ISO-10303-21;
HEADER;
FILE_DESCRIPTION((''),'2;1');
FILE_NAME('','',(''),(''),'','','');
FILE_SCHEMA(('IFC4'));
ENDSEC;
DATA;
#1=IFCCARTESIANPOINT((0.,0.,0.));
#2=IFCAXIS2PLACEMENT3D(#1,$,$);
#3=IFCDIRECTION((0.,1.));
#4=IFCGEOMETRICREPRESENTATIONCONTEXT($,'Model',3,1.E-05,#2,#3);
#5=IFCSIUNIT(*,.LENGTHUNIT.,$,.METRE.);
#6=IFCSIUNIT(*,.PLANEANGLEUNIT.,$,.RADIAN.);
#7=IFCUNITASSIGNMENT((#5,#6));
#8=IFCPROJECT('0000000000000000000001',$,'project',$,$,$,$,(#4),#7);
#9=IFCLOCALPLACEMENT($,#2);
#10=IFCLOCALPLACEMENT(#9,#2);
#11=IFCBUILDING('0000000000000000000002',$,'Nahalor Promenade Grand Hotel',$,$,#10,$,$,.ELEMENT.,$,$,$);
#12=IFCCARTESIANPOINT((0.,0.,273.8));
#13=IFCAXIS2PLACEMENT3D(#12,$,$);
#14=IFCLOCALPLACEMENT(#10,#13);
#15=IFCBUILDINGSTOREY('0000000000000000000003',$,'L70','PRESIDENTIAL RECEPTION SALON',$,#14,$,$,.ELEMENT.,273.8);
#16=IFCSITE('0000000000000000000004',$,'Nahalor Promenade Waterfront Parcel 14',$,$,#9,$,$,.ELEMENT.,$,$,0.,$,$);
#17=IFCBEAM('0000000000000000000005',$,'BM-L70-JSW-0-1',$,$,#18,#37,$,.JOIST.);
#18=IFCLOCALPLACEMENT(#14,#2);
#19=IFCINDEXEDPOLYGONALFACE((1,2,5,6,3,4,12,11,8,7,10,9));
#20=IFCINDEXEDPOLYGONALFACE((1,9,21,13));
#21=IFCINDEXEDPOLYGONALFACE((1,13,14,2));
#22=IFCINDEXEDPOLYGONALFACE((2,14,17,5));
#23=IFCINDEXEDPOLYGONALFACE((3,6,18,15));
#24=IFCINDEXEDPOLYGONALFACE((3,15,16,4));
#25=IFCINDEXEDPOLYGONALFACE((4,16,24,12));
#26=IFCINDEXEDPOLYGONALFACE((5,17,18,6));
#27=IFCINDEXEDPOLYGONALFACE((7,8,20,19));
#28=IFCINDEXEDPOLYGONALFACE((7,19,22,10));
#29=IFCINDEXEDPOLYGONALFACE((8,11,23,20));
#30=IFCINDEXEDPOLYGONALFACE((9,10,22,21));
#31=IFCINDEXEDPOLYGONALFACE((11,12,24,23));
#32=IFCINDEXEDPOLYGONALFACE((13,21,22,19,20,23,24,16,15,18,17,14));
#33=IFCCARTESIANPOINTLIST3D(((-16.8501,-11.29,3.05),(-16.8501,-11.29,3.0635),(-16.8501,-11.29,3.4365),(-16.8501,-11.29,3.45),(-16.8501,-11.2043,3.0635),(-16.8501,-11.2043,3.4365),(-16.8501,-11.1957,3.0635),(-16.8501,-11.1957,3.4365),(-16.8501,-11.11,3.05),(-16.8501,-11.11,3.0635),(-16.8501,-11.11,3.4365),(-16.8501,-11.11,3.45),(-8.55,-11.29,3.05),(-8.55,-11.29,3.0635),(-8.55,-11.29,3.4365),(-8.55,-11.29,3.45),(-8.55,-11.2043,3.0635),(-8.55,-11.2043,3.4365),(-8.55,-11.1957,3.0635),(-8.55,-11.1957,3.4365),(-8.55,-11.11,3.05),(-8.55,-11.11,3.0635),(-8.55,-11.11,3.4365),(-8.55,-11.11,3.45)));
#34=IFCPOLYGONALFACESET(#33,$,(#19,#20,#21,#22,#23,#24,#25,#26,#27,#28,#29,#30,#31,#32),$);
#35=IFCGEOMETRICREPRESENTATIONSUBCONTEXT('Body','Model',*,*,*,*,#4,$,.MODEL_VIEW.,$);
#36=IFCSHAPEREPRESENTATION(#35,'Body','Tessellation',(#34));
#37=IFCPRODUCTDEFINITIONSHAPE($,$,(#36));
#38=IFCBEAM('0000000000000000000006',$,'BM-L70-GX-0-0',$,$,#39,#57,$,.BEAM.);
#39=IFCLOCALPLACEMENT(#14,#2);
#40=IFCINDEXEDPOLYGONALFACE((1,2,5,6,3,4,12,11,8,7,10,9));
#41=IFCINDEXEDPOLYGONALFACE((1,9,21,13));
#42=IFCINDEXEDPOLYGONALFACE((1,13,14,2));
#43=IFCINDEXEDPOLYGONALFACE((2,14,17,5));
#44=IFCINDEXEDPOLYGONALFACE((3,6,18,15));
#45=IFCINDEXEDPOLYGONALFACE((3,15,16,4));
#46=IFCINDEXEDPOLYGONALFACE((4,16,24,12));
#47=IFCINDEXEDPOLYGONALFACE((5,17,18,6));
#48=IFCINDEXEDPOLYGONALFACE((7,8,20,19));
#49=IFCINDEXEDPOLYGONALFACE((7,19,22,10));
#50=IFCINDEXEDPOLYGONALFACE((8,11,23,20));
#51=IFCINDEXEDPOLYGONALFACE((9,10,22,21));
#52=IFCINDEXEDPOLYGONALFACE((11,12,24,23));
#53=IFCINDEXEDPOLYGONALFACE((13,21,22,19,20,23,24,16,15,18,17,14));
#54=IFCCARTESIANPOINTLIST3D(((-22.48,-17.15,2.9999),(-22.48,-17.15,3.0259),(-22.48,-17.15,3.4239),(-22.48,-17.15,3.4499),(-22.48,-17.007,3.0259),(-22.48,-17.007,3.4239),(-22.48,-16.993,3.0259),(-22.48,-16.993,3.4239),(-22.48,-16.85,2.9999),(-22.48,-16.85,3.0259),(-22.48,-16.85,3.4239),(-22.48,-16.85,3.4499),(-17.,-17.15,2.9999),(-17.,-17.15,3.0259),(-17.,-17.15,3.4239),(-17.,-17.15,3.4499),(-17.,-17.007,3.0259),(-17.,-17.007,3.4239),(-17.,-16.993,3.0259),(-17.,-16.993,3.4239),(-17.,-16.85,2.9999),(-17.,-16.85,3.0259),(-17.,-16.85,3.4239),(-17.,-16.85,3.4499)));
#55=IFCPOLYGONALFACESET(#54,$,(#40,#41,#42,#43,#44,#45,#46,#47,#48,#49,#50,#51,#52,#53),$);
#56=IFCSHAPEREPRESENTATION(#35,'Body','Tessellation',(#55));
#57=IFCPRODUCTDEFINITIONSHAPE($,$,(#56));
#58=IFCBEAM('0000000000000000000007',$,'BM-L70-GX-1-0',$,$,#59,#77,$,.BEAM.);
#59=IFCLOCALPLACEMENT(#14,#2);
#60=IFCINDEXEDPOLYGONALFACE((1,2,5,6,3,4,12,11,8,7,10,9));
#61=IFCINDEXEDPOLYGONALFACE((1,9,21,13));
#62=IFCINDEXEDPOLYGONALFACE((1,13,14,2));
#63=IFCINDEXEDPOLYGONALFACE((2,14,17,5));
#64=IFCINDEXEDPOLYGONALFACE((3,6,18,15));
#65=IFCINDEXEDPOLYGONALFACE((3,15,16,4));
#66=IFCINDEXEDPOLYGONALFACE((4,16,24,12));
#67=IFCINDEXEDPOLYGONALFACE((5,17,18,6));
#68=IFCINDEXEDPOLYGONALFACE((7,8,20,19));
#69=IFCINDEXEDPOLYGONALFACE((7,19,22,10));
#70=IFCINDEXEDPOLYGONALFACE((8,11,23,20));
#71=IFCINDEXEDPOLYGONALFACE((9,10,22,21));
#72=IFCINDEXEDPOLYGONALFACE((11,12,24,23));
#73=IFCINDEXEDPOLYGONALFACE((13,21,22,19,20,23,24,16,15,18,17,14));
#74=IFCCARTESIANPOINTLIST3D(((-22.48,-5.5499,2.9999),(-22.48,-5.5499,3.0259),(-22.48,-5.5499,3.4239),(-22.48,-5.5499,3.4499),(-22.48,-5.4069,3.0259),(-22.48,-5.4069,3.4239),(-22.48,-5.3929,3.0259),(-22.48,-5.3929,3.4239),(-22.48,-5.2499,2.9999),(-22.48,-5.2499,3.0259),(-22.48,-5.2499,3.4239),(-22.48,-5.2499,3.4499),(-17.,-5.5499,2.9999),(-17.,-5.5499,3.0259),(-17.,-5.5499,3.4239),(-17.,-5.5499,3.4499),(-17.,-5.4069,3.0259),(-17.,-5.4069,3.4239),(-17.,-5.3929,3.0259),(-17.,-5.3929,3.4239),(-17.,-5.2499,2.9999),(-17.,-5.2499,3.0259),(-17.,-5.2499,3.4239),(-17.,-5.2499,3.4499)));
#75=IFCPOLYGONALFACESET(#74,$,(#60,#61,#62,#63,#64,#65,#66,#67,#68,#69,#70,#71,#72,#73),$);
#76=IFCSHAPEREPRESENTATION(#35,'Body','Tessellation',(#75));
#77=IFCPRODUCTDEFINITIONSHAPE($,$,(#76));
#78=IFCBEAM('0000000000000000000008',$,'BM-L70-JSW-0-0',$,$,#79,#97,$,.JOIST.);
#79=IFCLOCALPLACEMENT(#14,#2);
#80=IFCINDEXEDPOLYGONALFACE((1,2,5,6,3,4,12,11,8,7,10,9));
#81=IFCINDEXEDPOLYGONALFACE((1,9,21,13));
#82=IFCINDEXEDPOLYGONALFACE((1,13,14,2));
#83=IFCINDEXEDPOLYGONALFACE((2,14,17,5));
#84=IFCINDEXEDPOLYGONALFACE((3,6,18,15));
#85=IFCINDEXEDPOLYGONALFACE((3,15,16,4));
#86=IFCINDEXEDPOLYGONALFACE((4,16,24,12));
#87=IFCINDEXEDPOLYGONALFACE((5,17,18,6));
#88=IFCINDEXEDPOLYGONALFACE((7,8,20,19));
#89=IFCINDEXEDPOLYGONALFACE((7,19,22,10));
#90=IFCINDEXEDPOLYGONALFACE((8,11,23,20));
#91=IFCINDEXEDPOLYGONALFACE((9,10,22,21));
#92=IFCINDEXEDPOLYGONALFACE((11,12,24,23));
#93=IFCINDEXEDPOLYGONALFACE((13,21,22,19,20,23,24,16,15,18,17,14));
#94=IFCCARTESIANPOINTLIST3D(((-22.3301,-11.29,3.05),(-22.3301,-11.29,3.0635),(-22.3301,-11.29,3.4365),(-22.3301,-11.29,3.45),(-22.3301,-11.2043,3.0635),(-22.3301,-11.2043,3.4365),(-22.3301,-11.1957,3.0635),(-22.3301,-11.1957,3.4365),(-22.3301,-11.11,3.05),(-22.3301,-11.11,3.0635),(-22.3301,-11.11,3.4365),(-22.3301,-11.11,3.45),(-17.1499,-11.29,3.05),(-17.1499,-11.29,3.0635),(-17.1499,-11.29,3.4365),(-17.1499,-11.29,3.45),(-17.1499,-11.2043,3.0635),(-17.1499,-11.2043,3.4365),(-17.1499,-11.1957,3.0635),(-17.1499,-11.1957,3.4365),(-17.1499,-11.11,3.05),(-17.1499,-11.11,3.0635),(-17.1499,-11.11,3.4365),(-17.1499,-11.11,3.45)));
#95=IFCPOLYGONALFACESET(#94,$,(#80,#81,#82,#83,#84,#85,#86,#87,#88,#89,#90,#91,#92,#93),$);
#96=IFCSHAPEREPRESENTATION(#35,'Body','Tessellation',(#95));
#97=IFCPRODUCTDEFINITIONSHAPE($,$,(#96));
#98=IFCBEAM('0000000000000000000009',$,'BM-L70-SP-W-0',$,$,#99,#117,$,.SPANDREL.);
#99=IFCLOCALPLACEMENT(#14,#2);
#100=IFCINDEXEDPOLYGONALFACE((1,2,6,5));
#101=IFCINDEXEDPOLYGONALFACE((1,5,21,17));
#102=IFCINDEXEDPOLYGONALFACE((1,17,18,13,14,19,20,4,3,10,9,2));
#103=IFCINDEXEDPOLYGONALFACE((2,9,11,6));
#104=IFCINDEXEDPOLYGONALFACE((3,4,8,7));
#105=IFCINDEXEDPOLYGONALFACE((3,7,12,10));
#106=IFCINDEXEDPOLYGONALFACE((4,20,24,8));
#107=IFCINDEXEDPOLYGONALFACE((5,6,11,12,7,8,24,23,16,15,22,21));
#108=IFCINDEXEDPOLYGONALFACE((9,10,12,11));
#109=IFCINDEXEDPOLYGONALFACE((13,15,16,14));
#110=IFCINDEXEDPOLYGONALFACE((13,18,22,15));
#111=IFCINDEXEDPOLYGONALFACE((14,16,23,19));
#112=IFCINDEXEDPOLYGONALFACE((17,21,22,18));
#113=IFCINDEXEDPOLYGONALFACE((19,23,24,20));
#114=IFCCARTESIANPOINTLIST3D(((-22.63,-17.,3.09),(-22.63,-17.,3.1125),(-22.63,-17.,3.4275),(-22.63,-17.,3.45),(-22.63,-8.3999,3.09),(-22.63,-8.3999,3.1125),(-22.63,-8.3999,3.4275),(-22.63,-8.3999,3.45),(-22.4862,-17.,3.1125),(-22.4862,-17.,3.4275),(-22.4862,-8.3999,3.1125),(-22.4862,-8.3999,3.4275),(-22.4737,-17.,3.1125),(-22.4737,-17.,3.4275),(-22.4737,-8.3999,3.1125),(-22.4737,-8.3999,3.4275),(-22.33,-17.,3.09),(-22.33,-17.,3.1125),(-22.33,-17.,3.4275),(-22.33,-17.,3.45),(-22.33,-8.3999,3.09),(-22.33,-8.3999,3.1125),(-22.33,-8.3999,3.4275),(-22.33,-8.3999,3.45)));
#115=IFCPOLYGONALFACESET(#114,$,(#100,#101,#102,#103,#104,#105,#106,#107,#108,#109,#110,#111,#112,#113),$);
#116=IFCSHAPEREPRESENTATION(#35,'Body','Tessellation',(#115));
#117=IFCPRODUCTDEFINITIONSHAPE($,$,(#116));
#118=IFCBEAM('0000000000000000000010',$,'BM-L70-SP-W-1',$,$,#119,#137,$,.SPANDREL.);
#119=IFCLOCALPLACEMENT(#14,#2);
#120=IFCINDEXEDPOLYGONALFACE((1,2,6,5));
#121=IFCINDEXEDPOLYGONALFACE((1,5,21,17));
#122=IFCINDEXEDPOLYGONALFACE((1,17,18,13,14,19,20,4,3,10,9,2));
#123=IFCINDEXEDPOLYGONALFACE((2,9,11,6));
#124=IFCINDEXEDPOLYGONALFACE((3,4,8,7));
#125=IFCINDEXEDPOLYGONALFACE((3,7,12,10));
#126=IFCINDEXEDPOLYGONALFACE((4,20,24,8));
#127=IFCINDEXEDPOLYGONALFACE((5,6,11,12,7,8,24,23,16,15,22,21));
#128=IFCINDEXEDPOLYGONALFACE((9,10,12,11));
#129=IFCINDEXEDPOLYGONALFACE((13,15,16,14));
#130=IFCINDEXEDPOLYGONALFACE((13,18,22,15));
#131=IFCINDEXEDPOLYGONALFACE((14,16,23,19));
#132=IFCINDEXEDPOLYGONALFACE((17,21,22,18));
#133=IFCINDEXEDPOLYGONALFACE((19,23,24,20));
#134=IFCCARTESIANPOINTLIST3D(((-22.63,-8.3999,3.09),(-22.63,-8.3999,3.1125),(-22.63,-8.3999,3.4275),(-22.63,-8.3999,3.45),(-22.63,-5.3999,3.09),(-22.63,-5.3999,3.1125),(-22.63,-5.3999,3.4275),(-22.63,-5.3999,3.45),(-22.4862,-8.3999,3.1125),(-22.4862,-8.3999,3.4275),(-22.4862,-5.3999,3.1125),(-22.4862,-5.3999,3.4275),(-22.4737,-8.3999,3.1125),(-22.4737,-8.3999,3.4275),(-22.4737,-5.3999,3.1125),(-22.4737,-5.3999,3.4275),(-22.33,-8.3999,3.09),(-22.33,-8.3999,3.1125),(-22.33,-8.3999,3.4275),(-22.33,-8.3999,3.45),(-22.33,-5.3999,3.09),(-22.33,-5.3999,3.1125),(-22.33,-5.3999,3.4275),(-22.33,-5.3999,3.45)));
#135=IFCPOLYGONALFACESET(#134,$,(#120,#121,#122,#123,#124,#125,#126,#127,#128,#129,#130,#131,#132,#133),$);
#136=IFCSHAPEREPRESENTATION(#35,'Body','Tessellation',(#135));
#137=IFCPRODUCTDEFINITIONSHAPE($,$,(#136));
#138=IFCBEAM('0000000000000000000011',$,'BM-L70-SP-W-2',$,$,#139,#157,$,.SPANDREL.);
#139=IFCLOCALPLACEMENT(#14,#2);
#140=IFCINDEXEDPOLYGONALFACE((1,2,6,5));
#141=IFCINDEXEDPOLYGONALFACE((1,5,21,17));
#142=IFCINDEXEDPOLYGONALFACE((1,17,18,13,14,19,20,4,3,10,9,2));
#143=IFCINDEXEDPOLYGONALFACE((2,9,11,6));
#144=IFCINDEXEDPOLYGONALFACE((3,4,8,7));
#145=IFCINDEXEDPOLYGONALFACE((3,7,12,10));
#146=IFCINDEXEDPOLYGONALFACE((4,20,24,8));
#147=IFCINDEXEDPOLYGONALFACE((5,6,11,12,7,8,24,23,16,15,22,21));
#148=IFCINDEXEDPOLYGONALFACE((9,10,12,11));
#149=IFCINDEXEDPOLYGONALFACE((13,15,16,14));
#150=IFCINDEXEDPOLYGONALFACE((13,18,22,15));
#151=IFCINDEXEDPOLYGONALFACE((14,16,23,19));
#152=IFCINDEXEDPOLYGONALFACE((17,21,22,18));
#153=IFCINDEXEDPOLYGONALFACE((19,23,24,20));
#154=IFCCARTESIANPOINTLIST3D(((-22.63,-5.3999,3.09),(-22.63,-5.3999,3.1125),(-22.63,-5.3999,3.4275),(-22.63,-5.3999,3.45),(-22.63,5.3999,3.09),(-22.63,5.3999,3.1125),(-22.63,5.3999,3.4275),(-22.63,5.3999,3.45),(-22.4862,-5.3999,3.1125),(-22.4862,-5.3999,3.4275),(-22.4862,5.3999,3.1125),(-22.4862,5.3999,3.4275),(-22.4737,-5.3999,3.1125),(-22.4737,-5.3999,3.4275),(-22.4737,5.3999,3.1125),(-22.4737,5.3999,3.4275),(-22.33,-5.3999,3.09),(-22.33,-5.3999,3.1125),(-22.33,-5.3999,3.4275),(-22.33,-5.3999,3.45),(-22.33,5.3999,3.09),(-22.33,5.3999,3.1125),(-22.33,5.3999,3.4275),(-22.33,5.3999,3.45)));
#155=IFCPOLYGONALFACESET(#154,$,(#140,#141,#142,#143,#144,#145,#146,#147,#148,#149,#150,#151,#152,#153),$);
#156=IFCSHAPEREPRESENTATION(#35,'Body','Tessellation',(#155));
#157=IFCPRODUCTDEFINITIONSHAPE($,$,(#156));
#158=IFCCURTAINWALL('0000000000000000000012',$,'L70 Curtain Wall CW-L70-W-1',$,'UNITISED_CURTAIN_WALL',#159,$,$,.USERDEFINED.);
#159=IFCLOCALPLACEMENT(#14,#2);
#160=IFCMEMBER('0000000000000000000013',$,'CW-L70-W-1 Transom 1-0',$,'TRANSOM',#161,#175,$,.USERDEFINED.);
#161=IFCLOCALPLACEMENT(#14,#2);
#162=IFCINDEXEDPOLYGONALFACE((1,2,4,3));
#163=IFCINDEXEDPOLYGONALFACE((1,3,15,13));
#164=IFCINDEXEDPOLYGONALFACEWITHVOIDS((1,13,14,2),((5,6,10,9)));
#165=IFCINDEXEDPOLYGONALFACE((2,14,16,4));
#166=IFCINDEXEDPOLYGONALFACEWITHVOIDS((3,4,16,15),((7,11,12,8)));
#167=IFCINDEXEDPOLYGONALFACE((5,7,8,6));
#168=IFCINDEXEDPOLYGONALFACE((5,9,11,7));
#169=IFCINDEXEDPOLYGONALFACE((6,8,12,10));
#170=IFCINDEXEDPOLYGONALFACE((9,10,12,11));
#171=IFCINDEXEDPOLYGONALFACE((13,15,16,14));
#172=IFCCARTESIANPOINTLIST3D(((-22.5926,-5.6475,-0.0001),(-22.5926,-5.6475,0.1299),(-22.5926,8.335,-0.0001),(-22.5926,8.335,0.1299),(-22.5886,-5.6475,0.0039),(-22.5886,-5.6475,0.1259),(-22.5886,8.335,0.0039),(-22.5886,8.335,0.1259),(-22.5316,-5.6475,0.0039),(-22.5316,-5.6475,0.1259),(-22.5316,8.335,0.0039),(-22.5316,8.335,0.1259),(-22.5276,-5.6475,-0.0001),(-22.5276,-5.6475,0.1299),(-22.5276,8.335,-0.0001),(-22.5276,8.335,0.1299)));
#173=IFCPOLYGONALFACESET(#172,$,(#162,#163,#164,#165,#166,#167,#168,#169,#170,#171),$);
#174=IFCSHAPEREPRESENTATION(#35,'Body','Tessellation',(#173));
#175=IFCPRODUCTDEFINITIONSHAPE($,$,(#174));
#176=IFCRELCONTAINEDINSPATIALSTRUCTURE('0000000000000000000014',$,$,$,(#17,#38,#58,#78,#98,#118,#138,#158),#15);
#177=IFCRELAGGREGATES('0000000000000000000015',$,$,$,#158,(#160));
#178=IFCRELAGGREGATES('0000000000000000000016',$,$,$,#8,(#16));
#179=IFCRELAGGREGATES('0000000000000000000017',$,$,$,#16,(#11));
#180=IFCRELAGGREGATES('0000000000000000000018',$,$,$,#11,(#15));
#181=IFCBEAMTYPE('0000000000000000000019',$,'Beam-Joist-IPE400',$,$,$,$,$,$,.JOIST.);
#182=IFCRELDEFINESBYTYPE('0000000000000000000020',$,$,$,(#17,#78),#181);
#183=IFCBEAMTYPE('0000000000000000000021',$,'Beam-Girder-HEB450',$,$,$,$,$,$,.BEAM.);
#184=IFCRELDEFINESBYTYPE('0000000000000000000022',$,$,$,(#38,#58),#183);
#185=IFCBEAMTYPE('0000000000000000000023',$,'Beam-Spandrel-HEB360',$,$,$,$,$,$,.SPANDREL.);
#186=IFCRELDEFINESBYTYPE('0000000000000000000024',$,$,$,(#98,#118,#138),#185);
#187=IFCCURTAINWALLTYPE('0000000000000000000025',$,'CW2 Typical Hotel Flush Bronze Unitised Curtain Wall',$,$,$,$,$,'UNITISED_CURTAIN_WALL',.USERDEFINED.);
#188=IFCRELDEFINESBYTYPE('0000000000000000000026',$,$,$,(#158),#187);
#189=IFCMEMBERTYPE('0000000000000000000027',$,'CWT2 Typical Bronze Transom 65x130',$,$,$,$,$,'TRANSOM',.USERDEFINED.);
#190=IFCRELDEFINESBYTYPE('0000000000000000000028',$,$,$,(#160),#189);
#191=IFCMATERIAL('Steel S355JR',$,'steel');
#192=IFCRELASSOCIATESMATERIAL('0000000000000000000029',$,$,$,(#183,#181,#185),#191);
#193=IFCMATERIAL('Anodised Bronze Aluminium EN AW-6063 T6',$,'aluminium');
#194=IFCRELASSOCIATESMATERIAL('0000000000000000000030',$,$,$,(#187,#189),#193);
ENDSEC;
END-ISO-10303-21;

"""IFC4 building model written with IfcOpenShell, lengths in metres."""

from ifc_helpers import new_model, si_unit, direction, frame, origin, origin_2d, place, context, subcontext, project, spatial, hollow_rectangle, i_section, extrude, source, transform, mapped, material, material_profile, profile_set, type_object, element, aggregate, save


model = new_model("IFC4")

# Units and contexts
model_context = context("Model", 3, precision=1e-05, world=origin(), true_north=direction((0.0, 1.0)))
body_context = subcontext(model_context, "Body", "Model", "MODEL_VIEW")
ifc_project = project(units=[si_unit("LENGTHUNIT", "METRE"), si_unit("PLANEANGLEUNIT", "RADIAN")], contexts=[model_context])

# Site, building, storey
site_placement = place(None, origin())
site = spatial("IfcSite", under=ifc_project, at=site_placement, Name="Nahalor Promenade Waterfront Parcel 14", CompositionType="ELEMENT", RefElevation=0.0)
building_placement = place(site_placement, origin())
building = spatial("IfcBuilding", under=site, at=building_placement, Name="Nahalor Promenade Grand Hotel", CompositionType="ELEMENT")
storey_placement = place(building_placement, frame((0.0, 0.0, 273.8)))
storey = spatial("IfcBuildingStorey", under=building, at=storey_placement, Name="L70", Description="PRESIDENTIAL RECEPTION SALON", CompositionType="ELEMENT", Elevation=273.8)

# Shared definitions
ifc_material_1 = material(Name="Steel S355JR", Category="steel")

# Beams
ifc_material_profile_1 = material_profile(ifc_material_1, i_section(OverallWidth=0.3, OverallDepth=0.45, WebThickness=0.014, FlangeThickness=0.026, at=origin_2d()), Name="HEB 450")
ifc_profile_set_1 = profile_set([ifc_material_profile_1], Name="Steel S355JR")
beam_type_1 = type_object("IfcBeamType", Name="Beam-Girder-HEB450", PredefinedType="BEAM", material=ifc_profile_set_1)
ifc_material_profile_2 = material_profile(ifc_material_1, i_section(OverallWidth=0.18, OverallDepth=0.4, WebThickness=0.0086, FlangeThickness=0.0135, at=origin_2d()), Name="IPE 400")
ifc_profile_set_2 = profile_set([ifc_material_profile_2], Name="Steel S355JR")
beam_type_2 = type_object("IfcBeamType", Name="Beam-Joist-IPE400", PredefinedType="JOIST", material=ifc_profile_set_2)
shared_shape_1 = source(origin(), body_context, "Body", "SweptSolid", [
    extrude(i_section(OverallWidth=0.18, OverallDepth=0.4, WebThickness=0.0086, FlangeThickness=0.0135, at=origin_2d()), origin(), (0.0, 0.0, 1.0), 8.3),
])
beam_1_placement = place(storey_placement, frame((-16.8501, -11.2, 3.25), z_axis=(1.0, 0.0, 0.0), x_axis=(0.0, 1.0, 0.0)))
element("IfcBeam", 1, at=beam_1_placement, inside=storey, type_object=beam_type_2, Name="BM-L70-JSW-0-1", PredefinedType="JOIST", context=body_context, shape_type="MappedRepresentation", body=[
    mapped(shared_shape_1, transform((0.0, 0.0, 0.0), scale=1.0)),
])
shared_shape_2 = source(origin(), body_context, "Body", "SweptSolid", [
    extrude(i_section(OverallWidth=0.3, OverallDepth=0.45, WebThickness=0.014, FlangeThickness=0.026, at=origin_2d()), origin(), (0.0, 0.0, 1.0), 5.48),
])
for number, where, z_axis, x_axis, name in (
    (2, (-22.48, -17.0, 3.2249), (1.0, 0.0, 0.0), (0.0, 1.0, 0.0), "BM-L70-GX-0-0"),
    (3, (-22.48, -5.3999, 3.2249), (1.0, 0.0, 0.0), (0.0, 1.0, 0.0), "BM-L70-GX-1-0"),
):
    element("IfcBeam", number, at=place(storey_placement, frame(where, z_axis=z_axis, x_axis=x_axis)), inside=storey, type_object=beam_type_1, Name=name, PredefinedType="BEAM", context=body_context, shape_type="MappedRepresentation", body=[
        mapped(shared_shape_2, transform((0.0, 0.0, 0.0), scale=1.0)),
    ])
shared_shape_3 = source(origin(), body_context, "Body", "SweptSolid", [
    extrude(i_section(OverallWidth=0.18, OverallDepth=0.4, WebThickness=0.0086, FlangeThickness=0.0135, at=origin_2d()), origin(), (0.0, 0.0, 1.0), 5.1802),
])
beam_2_placement = place(storey_placement, frame((-22.3301, -11.2, 3.25), z_axis=(1.0, 0.0, 0.0), x_axis=(0.0, 1.0, 0.0)))
element("IfcBeam", 4, at=beam_2_placement, inside=storey, type_object=beam_type_2, Name="BM-L70-JSW-0-0", PredefinedType="JOIST", context=body_context, shape_type="MappedRepresentation", body=[
    mapped(shared_shape_3, transform((0.0, 0.0, 0.0), scale=1.0)),
])
ifc_material_profile_3 = material_profile(ifc_material_1, i_section(OverallWidth=0.3, OverallDepth=0.36, WebThickness=0.0125, FlangeThickness=0.0225, at=origin_2d()), Name="HEB 360")
ifc_profile_set_3 = profile_set([ifc_material_profile_3], Name="Steel S355JR")
beam_type_3 = type_object("IfcBeamType", Name="Beam-Spandrel-HEB360", PredefinedType="SPANDREL", material=ifc_profile_set_3)
shared_shape_4 = source(origin(), body_context, "Body", "SweptSolid", [
    extrude(i_section(OverallWidth=0.3, OverallDepth=0.36, WebThickness=0.0125, FlangeThickness=0.0225, at=origin_2d()), origin(), (0.0, 0.0, 1.0), 8.6001),
])
beam_3_placement = place(storey_placement, frame((-22.48, -17.0, 3.27), z_axis=(0.0, 1.0, 0.0), x_axis=(-1.0, 0.0, 0.0)))
element("IfcBeam", 5, at=beam_3_placement, inside=storey, type_object=beam_type_3, Name="BM-L70-SP-W-0", PredefinedType="SPANDREL", context=body_context, shape_type="MappedRepresentation", body=[
    mapped(shared_shape_4, transform((0.0, 0.0, 0.0), scale=1.0)),
])
shared_shape_5 = source(origin(), body_context, "Body", "SweptSolid", [
    extrude(i_section(OverallWidth=0.3, OverallDepth=0.36, WebThickness=0.0125, FlangeThickness=0.0225, at=origin_2d()), origin(), (0.0, 0.0, 1.0), 3.0),
])
beam_4_placement = place(storey_placement, frame((-22.48, -8.3999, 3.27), z_axis=(0.0, 1.0, 0.0), x_axis=(-1.0, 0.0, 0.0)))
element("IfcBeam", 6, at=beam_4_placement, inside=storey, type_object=beam_type_3, Name="BM-L70-SP-W-1", PredefinedType="SPANDREL", context=body_context, shape_type="MappedRepresentation", body=[
    mapped(shared_shape_5, transform((0.0, 0.0, 0.0), scale=1.0)),
])
shared_shape_6 = source(origin(), body_context, "Body", "SweptSolid", [
    extrude(i_section(OverallWidth=0.3, OverallDepth=0.36, WebThickness=0.0125, FlangeThickness=0.0225, at=origin_2d()), origin(), (0.0, 0.0, 1.0), 10.7998),
])
beam_5_placement = place(storey_placement, frame((-22.48, -5.3999, 3.27), z_axis=(0.0, 1.0, 0.0), x_axis=(-1.0, 0.0, 0.0)))
element("IfcBeam", 7, at=beam_5_placement, inside=storey, type_object=beam_type_3, Name="BM-L70-SP-W-2", PredefinedType="SPANDREL", context=body_context, shape_type="MappedRepresentation", body=[
    mapped(shared_shape_6, transform((0.0, 0.0, 0.0), scale=1.0)),
])

# Curtain wall, member
ifc_material_2 = material(Name="Anodised Bronze Aluminium EN AW-6063 T6", Category="aluminium")
curtain_wall_type = type_object("IfcCurtainWallType", Name="CW2 Typical Hotel Flush Bronze Unitised Curtain Wall", ElementType="UNITISED_CURTAIN_WALL", PredefinedType="USERDEFINED", material=ifc_material_2)
curtain_wall_placement = place(storey_placement, origin())
curtain_wall = element("IfcCurtainWall", 8, at=curtain_wall_placement, inside=storey, type_object=curtain_wall_type, Name="L70 Curtain Wall CW-L70-W-1", ObjectType="UNITISED_CURTAIN_WALL", PredefinedType="USERDEFINED")
ifc_material_profile_4 = material_profile(ifc_material_2, hollow_rectangle(XDim=0.065, YDim=0.13, WallThickness=0.004, at=origin_2d()), Name="CWT 65x130x4")
ifc_profile_set_4 = profile_set([ifc_material_profile_4], Name="Anodised Bronze Aluminium EN AW-6063 T6")
member_type_1 = type_object("IfcMemberType", Name="CWT2 Typical Bronze Transom 65x130", ElementType="TRANSOM", PredefinedType="USERDEFINED", material=ifc_profile_set_4)
shared_shape_7 = source(origin(), body_context, "Body", "SweptSolid", [
    extrude(hollow_rectangle(XDim=0.065, YDim=0.13, WallThickness=0.004, at=origin_2d()), origin(), (0.0, 0.0, 1.0), 13.9824),
])
member_1_placement = place(storey_placement, frame((-22.5601, -5.6475, 0.0649), z_axis=(0.0, 1.0, 0.0), x_axis=(-1.0, 0.0, 0.0)))
member_1 = element("IfcMember", 9, at=member_1_placement, type_object=member_type_1, Name="CW-L70-W-1 Transom 1-0", ObjectType="TRANSOM", PredefinedType="USERDEFINED", context=body_context, shape_type="MappedRepresentation", body=[
    mapped(shared_shape_7, transform((0.0, 0.0, 0.0), scale=1.0)),
])
aggregate(curtain_wall, [member_1])

save(model, "model.ifc")
